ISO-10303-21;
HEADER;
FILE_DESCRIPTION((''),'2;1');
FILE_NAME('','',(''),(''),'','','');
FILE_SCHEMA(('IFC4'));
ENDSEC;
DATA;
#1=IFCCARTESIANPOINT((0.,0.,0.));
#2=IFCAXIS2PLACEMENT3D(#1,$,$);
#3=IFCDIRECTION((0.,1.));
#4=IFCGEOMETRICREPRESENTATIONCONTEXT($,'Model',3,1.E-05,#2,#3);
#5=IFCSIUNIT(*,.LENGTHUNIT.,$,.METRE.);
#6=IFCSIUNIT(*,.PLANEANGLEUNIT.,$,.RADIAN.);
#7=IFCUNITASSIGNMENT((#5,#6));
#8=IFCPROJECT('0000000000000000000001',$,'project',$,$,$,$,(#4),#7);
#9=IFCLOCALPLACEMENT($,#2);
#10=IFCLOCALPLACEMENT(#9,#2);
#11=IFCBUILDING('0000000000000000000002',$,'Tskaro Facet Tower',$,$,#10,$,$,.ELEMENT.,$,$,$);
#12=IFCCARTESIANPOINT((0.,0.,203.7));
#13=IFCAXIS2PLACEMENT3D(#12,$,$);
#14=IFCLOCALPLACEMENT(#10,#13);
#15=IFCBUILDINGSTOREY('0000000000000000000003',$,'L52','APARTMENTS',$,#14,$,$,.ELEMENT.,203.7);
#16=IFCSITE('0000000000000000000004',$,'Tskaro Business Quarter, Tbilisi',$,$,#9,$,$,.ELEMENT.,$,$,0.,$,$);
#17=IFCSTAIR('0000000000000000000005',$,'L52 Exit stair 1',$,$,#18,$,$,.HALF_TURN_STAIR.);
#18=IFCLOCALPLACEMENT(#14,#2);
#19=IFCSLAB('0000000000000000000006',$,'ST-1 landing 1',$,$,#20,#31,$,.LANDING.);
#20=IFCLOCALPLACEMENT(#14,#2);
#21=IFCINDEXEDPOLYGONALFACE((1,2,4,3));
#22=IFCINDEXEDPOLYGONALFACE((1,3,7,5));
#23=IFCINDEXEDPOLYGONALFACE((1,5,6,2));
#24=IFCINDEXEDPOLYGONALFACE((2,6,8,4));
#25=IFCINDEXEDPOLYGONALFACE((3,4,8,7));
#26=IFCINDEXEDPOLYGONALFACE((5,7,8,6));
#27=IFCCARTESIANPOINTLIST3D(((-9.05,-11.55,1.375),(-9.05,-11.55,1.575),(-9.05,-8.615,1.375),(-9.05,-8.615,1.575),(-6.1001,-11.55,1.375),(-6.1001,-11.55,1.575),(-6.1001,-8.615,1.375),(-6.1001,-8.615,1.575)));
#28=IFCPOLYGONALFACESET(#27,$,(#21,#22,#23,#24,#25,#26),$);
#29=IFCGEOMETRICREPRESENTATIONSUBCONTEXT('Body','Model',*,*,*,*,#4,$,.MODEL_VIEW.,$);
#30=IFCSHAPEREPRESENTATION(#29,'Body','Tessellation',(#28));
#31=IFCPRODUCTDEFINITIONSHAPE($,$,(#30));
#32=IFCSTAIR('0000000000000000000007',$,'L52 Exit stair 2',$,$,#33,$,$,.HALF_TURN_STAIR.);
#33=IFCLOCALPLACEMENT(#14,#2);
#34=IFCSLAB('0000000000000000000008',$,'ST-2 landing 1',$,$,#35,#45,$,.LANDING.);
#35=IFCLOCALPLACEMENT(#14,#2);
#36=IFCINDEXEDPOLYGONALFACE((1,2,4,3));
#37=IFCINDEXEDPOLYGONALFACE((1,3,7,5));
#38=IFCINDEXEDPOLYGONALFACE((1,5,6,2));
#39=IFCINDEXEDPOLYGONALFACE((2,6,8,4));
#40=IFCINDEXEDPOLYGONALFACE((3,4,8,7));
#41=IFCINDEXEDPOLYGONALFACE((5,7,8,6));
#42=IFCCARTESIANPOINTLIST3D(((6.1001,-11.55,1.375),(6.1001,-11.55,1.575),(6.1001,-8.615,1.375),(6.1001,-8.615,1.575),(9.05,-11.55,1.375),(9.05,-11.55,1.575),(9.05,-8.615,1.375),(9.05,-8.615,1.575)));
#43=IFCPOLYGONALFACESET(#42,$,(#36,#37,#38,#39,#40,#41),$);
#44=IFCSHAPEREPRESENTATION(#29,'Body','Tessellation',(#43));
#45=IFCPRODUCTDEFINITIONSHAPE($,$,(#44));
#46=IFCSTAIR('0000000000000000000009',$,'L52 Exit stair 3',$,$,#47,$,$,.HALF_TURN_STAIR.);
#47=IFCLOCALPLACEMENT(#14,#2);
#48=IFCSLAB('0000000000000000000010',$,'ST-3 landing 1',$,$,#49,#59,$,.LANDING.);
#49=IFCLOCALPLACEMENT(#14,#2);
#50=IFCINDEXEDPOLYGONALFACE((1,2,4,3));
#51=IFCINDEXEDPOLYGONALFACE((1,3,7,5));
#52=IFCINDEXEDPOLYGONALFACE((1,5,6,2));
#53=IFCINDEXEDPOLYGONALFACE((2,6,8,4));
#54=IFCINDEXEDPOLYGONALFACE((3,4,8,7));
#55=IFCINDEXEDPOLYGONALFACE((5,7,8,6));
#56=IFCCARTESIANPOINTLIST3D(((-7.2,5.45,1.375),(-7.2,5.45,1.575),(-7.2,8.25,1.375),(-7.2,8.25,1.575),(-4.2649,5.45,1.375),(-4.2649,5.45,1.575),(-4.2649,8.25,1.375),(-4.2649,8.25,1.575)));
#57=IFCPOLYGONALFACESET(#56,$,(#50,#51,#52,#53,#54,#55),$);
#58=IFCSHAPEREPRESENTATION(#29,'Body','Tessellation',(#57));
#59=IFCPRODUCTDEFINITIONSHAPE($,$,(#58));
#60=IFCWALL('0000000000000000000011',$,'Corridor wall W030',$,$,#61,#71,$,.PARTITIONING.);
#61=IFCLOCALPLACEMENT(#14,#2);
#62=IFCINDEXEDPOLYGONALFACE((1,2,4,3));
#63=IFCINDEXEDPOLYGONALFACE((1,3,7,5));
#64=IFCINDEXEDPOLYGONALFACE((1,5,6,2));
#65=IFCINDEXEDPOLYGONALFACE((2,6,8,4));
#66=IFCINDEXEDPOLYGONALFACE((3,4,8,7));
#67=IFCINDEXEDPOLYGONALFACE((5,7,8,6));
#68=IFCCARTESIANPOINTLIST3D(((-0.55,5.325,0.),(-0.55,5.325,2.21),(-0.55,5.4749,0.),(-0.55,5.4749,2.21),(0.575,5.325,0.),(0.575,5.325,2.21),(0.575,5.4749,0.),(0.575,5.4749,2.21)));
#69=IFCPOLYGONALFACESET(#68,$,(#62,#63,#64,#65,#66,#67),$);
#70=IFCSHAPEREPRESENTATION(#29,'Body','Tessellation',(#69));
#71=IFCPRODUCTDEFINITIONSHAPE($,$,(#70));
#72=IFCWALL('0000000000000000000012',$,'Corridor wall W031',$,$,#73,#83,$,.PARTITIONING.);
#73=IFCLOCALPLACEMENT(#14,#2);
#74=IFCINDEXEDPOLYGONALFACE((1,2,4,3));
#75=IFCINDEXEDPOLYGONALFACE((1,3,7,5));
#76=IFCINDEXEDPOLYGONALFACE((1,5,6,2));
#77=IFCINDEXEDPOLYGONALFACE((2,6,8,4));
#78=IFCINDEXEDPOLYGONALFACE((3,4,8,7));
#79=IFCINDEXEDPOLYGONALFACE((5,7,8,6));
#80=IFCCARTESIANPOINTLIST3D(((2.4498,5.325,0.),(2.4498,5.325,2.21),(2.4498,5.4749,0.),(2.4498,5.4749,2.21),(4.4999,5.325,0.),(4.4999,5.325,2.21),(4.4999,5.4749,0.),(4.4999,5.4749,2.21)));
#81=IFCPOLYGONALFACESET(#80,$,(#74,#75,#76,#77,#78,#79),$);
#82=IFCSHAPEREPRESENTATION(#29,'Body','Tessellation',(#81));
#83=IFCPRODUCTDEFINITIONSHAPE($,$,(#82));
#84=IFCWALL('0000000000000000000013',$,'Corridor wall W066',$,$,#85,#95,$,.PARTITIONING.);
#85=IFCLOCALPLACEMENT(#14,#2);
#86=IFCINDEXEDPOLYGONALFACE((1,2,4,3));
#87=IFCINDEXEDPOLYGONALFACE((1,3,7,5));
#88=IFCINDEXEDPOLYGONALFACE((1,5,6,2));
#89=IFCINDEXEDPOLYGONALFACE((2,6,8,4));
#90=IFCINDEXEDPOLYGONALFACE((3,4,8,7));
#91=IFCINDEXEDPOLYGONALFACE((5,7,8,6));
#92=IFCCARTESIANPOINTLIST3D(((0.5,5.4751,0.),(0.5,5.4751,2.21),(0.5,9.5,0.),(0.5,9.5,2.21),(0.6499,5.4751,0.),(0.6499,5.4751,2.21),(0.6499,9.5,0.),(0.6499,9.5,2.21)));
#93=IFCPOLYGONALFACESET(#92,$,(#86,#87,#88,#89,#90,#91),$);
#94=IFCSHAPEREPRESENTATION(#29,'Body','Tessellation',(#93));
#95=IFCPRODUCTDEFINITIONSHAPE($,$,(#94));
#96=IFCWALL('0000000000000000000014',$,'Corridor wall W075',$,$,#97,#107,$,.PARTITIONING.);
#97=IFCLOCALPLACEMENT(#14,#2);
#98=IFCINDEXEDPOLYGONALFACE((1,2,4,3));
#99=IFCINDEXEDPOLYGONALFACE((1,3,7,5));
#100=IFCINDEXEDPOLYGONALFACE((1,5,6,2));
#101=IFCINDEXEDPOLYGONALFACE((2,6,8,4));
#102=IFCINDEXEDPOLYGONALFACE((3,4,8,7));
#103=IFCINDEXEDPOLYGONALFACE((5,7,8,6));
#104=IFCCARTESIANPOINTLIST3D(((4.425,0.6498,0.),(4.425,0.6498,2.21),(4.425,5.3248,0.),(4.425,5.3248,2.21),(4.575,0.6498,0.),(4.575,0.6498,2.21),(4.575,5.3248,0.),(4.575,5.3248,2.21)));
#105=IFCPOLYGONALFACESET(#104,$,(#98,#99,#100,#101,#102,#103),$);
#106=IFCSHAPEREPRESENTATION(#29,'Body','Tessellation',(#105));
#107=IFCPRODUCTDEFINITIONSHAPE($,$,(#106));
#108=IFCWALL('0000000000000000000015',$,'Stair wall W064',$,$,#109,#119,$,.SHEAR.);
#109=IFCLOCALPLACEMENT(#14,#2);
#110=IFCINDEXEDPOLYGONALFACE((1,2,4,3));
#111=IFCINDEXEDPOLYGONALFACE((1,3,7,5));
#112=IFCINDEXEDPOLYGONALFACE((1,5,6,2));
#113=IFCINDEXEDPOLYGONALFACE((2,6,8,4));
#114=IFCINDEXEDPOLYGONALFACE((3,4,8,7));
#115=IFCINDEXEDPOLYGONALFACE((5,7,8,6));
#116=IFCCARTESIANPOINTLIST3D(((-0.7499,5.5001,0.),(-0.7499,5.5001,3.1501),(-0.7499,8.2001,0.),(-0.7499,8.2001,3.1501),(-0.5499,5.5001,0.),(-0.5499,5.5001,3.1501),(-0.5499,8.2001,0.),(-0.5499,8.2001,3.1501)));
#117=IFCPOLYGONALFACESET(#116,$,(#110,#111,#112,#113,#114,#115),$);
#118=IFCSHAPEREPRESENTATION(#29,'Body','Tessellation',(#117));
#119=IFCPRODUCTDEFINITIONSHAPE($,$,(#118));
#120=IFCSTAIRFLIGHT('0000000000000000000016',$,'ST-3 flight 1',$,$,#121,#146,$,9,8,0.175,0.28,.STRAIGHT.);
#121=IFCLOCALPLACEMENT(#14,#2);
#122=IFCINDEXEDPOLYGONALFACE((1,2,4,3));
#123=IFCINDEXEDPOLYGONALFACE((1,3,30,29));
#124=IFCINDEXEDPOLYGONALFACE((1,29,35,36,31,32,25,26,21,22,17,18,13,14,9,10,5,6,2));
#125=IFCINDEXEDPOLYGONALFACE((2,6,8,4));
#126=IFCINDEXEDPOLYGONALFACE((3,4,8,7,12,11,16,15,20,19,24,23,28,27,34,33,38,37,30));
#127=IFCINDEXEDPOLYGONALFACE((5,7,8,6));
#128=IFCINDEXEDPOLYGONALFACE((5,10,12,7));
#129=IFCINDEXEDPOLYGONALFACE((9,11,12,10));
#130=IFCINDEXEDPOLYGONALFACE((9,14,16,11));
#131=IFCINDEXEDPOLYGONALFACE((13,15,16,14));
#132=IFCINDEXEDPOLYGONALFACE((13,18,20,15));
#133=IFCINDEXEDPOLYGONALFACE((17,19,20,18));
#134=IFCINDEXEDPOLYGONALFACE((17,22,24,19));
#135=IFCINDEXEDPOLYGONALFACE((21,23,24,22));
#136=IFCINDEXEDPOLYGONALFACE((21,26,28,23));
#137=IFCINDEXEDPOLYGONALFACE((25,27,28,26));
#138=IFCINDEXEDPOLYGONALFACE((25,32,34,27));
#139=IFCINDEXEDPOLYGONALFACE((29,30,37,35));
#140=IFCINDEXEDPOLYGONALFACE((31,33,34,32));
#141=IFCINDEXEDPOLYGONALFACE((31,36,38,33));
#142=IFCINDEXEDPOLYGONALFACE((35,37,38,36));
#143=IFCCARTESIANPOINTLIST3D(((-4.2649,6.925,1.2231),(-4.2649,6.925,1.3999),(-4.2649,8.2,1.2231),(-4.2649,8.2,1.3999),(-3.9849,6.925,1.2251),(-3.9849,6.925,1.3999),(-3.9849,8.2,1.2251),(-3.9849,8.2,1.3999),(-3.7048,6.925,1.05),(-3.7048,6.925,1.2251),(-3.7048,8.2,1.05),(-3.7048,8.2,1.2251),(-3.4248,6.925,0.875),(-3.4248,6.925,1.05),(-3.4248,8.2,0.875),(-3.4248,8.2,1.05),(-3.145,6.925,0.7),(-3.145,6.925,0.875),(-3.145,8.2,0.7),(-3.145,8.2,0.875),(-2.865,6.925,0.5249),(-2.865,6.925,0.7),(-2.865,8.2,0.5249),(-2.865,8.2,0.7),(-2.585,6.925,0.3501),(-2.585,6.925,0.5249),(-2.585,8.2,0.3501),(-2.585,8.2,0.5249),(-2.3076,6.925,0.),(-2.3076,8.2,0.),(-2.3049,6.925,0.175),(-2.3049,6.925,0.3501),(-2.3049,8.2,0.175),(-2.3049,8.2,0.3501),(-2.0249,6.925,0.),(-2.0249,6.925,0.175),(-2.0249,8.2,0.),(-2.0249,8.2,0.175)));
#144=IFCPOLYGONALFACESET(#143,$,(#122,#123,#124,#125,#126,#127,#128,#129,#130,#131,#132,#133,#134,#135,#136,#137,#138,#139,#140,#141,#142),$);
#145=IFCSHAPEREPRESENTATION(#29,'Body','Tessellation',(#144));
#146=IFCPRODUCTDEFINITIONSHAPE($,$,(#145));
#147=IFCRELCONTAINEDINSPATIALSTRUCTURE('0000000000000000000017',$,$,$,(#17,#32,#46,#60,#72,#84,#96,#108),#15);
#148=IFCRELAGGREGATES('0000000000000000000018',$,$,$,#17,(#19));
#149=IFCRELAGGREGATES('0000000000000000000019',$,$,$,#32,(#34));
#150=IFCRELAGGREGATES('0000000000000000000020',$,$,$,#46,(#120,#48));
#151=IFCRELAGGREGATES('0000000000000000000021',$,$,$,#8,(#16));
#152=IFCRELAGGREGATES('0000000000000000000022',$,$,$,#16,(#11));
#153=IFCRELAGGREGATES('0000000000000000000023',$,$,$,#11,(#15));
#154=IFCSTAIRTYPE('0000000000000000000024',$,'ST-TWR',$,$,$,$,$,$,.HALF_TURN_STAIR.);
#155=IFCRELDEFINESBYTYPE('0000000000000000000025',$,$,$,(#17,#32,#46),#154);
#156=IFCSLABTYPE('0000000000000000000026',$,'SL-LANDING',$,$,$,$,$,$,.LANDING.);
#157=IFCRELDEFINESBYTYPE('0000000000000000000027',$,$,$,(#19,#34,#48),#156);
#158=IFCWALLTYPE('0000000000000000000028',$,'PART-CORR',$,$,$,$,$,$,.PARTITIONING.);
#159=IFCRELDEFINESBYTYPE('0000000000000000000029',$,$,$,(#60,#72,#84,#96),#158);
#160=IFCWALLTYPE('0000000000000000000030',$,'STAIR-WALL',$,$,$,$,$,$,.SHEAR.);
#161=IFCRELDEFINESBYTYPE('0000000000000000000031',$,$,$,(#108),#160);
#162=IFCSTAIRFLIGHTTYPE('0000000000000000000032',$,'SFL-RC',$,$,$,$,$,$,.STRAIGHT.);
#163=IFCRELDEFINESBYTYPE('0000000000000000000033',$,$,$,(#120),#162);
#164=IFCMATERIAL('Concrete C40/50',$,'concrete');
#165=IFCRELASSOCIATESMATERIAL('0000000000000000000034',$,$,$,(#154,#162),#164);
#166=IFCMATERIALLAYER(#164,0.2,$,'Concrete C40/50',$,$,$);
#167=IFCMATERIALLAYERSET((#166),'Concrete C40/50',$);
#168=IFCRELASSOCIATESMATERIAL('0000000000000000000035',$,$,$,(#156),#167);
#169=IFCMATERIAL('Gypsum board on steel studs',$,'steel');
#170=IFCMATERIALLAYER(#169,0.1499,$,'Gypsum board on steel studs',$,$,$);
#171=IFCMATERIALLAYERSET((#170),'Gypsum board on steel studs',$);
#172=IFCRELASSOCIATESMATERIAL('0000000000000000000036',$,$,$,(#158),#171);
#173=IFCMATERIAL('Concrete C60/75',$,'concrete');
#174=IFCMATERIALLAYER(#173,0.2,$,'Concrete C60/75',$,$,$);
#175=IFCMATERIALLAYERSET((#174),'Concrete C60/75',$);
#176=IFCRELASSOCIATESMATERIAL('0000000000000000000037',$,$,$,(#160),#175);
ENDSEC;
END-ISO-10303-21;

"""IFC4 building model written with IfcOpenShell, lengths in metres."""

from ifc_helpers import new_model, si_unit, direction, frame, frame_2d, origin, place, context, subcontext, project, spatial, polyline, rectangle, outline, extrude, material, layer, layer_set, type_object, element, aggregate, save


model = new_model("IFC4")

# Units and contexts
model_context = context("Model", 3, precision=1e-05, world=origin(), true_north=direction((0.0, 1.0)))
body_context = subcontext(model_context, "Body", "Model", "MODEL_VIEW")
ifc_project = project(units=[si_unit("LENGTHUNIT", "METRE"), si_unit("PLANEANGLEUNIT", "RADIAN")], contexts=[model_context])

# Site, building, storey
site_placement = place(None, origin())
site = spatial("IfcSite", under=ifc_project, at=site_placement, Name="Tskaro Business Quarter, Tbilisi", CompositionType="ELEMENT", RefElevation=0.0)
building_placement = place(site_placement, origin())
building = spatial("IfcBuilding", under=site, at=building_placement, Name="Tskaro Facet Tower", CompositionType="ELEMENT")
storey_placement = place(building_placement, frame((0.0, 0.0, 203.7)))
storey = spatial("IfcBuildingStorey", under=building, at=storey_placement, Name="L52", Description="APARTMENTS", CompositionType="ELEMENT", Elevation=203.7)

# Stairs, slabs
ifc_material_1 = material(Name="Concrete C40/50", Category="concrete")
stair_type = type_object("IfcStairType", Name="ST-TWR", PredefinedType="HALF_TURN_STAIR", material=ifc_material_1)
stair_1_placement = place(storey_placement, origin())
stair_1 = element("IfcStair", 1, at=stair_1_placement, inside=storey, type_object=stair_type, Name="L52 Exit stair 1", PredefinedType="HALF_TURN_STAIR")
ifc_layer_1 = layer(ifc_material_1, 0.2, Name="Concrete C40/50")
ifc_layer_set_1 = layer_set([ifc_layer_1], Name="Concrete C40/50")
slab_type = type_object("IfcSlabType", Name="SL-LANDING", PredefinedType="LANDING", material=ifc_layer_set_1)
slab_1_placement = place(storey_placement, frame((0.0, 0.0, 1.375)))
slab_1 = element("IfcSlab", 2, at=slab_1_placement, type_object=slab_type, Name="ST-1 landing 1", PredefinedType="LANDING", context=body_context, shape_type="SweptSolid", body=[
    extrude(outline(polyline([(-9.05, -11.55), (-6.1001, -11.55), (-6.1001, -8.615), (-9.05, -8.615), (-9.05, -11.55)])), origin(), (0.0, 0.0, 1.0), 0.2),
])
aggregate(stair_1, [slab_1])
stair_2_placement = place(storey_placement, origin())
stair_2 = element("IfcStair", 3, at=stair_2_placement, inside=storey, type_object=stair_type, Name="L52 Exit stair 2", PredefinedType="HALF_TURN_STAIR")
slab_2_placement = place(storey_placement, frame((0.0, 0.0, 1.375)))
slab_2 = element("IfcSlab", 4, at=slab_2_placement, type_object=slab_type, Name="ST-2 landing 1", PredefinedType="LANDING", context=body_context, shape_type="SweptSolid", body=[
    extrude(outline(polyline([(6.1001, -11.55), (9.05, -11.55), (9.05, -8.615), (6.1001, -8.615), (6.1001, -11.55)])), origin(), (0.0, 0.0, 1.0), 0.2),
])
aggregate(stair_2, [slab_2])
stair_3_placement = place(storey_placement, origin())
stair_3 = element("IfcStair", 5, at=stair_3_placement, inside=storey, type_object=stair_type, Name="L52 Exit stair 3", PredefinedType="HALF_TURN_STAIR")
slab_3_placement = place(storey_placement, frame((0.0, 0.0, 1.375)))
slab_3 = element("IfcSlab", 6, at=slab_3_placement, type_object=slab_type, Name="ST-3 landing 1", PredefinedType="LANDING", context=body_context, shape_type="SweptSolid", body=[
    extrude(outline(polyline([(-7.2, 5.45), (-4.2649, 5.45), (-4.2649, 8.25), (-7.2, 8.25), (-7.2, 5.45)])), origin(), (0.0, 0.0, 1.0), 0.2),
])

# Walls
ifc_material_2 = material(Name="Gypsum board on steel studs", Category="steel")
ifc_layer_2 = layer(ifc_material_2, 0.1499, Name="Gypsum board on steel studs")
ifc_layer_set_2 = layer_set([ifc_layer_2], Name="Gypsum board on steel studs")
wall_type_1 = type_object("IfcWallType", Name="PART-CORR", PredefinedType="PARTITIONING", material=ifc_layer_set_2)
wall_1_placement = place(storey_placement, frame((-0.55, 5.3999, 0.0), z_axis=(0.0, 0.0, 1.0), x_axis=(1.0, 0.0, 0.0)))
element("IfcWall", 7, at=wall_1_placement, inside=storey, type_object=wall_type_1, Name="Corridor wall W030", PredefinedType="PARTITIONING", context=body_context, shape_type="SweptSolid", body=[
    extrude(rectangle(XDim=1.125, YDim=0.1499, at=frame_2d((0.5625, 0.0))), origin(), (0.0, 0.0, 1.0), 2.21),
])
wall_2_placement = place(storey_placement, frame((2.45, 5.3999, 0.0), z_axis=(0.0, 0.0, 1.0), x_axis=(1.0, 0.0, 0.0)))
element("IfcWall", 8, at=wall_2_placement, inside=storey, type_object=wall_type_1, Name="Corridor wall W031", PredefinedType="PARTITIONING", context=body_context, shape_type="SweptSolid", body=[
    extrude(rectangle(XDim=2.05, YDim=0.1499, at=frame_2d((1.0249, 0.0))), origin(), (0.0, 0.0, 1.0), 2.21),
])
wall_3_placement = place(storey_placement, frame((0.575, 5.4751, 0.0), z_axis=(0.0, 0.0, 1.0), x_axis=(0.0, 1.0, 0.0)))
element("IfcWall", 9, at=wall_3_placement, inside=storey, type_object=wall_type_1, Name="Corridor wall W066", PredefinedType="PARTITIONING", context=body_context, shape_type="SweptSolid", body=[
    extrude(rectangle(XDim=4.0249, YDim=0.1499, at=frame_2d((2.0125, 0.0))), origin(), (0.0, 0.0, 1.0), 2.21),
])
wall_4_placement = place(storey_placement, frame((4.5, 0.6499, 0.0), z_axis=(0.0, 0.0, 1.0), x_axis=(0.0, 1.0, 0.0)))
element("IfcWall", 10, at=wall_4_placement, inside=storey, type_object=wall_type_1, Name="Corridor wall W075", PredefinedType="PARTITIONING", context=body_context, shape_type="SweptSolid", body=[
    extrude(rectangle(XDim=4.675, YDim=0.1499, at=frame_2d((2.3374, 0.0))), origin(), (0.0, 0.0, 1.0), 2.21),
])
ifc_material_3 = material(Name="Concrete C60/75", Category="concrete")
ifc_layer_3 = layer(ifc_material_3, 0.2, Name="Concrete C60/75")
ifc_layer_set_3 = layer_set([ifc_layer_3], Name="Concrete C60/75")
wall_type_2 = type_object("IfcWallType", Name="STAIR-WALL", PredefinedType="SHEAR", material=ifc_layer_set_3)
wall_5_placement = place(storey_placement, frame((-0.6499, 5.5, 0.0), z_axis=(0.0, 0.0, 1.0), x_axis=(0.0, 1.0, 0.0)))
element("IfcWall", 11, at=wall_5_placement, inside=storey, type_object=wall_type_2, Name="Stair wall W064", PredefinedType="SHEAR", context=body_context, shape_type="SweptSolid", body=[
    extrude(rectangle(XDim=2.7, YDim=0.2, at=frame_2d((1.3501, 0.0))), origin(), (0.0, 0.0, 1.0), 3.1501),
])

# Stair flight
stair_flight_type = type_object("IfcStairFlightType", Name="SFL-RC", PredefinedType="STRAIGHT", material=ifc_material_1)
stair_flight_placement = place(storey_placement, frame((-2.0249, 7.5625, 0.0), z_axis=(0.0, 0.0, 1.0), x_axis=(-1.0, 0.0, 0.0)))
stair_flight = element("IfcStairFlight", 12, at=stair_flight_placement, type_object=stair_flight_type, Name="ST-3 flight 1", NumberOfRisers=9, NumberOfTreads=8, PredefinedType="STRAIGHT", RiserHeight=0.175, TreadLength=0.28, context=body_context, shape_type="SweptSolid", body=[
    extrude(outline(polyline([(0.0, 0.0), (0.0, 0.175), (0.28, 0.175), (0.28, 0.3501), (0.5601, 0.3501), (0.5601, 0.5249), (0.8401, 0.5249), (0.8401, 0.7), (1.1201, 0.7), (1.1201, 0.875), (1.3999, 0.875), (1.3999, 1.05), (1.6799, 1.05), (1.6799, 1.2251), (1.96, 1.2251), (1.96, 1.3999), (2.24, 1.3999), (2.24, 1.575), (2.24, 1.2231), (0.2827, 0.0), (0.0, 0.0)])), frame((0.0, 0.6375, 0.0), z_axis=(0.0, -1.0, 0.0), x_axis=(1.0, 0.0, 0.0)), (0.0, 0.0, 1.0), 1.2749),
])
aggregate(stair_3, [stair_flight, slab_3])

save(model, "model.ifc")
